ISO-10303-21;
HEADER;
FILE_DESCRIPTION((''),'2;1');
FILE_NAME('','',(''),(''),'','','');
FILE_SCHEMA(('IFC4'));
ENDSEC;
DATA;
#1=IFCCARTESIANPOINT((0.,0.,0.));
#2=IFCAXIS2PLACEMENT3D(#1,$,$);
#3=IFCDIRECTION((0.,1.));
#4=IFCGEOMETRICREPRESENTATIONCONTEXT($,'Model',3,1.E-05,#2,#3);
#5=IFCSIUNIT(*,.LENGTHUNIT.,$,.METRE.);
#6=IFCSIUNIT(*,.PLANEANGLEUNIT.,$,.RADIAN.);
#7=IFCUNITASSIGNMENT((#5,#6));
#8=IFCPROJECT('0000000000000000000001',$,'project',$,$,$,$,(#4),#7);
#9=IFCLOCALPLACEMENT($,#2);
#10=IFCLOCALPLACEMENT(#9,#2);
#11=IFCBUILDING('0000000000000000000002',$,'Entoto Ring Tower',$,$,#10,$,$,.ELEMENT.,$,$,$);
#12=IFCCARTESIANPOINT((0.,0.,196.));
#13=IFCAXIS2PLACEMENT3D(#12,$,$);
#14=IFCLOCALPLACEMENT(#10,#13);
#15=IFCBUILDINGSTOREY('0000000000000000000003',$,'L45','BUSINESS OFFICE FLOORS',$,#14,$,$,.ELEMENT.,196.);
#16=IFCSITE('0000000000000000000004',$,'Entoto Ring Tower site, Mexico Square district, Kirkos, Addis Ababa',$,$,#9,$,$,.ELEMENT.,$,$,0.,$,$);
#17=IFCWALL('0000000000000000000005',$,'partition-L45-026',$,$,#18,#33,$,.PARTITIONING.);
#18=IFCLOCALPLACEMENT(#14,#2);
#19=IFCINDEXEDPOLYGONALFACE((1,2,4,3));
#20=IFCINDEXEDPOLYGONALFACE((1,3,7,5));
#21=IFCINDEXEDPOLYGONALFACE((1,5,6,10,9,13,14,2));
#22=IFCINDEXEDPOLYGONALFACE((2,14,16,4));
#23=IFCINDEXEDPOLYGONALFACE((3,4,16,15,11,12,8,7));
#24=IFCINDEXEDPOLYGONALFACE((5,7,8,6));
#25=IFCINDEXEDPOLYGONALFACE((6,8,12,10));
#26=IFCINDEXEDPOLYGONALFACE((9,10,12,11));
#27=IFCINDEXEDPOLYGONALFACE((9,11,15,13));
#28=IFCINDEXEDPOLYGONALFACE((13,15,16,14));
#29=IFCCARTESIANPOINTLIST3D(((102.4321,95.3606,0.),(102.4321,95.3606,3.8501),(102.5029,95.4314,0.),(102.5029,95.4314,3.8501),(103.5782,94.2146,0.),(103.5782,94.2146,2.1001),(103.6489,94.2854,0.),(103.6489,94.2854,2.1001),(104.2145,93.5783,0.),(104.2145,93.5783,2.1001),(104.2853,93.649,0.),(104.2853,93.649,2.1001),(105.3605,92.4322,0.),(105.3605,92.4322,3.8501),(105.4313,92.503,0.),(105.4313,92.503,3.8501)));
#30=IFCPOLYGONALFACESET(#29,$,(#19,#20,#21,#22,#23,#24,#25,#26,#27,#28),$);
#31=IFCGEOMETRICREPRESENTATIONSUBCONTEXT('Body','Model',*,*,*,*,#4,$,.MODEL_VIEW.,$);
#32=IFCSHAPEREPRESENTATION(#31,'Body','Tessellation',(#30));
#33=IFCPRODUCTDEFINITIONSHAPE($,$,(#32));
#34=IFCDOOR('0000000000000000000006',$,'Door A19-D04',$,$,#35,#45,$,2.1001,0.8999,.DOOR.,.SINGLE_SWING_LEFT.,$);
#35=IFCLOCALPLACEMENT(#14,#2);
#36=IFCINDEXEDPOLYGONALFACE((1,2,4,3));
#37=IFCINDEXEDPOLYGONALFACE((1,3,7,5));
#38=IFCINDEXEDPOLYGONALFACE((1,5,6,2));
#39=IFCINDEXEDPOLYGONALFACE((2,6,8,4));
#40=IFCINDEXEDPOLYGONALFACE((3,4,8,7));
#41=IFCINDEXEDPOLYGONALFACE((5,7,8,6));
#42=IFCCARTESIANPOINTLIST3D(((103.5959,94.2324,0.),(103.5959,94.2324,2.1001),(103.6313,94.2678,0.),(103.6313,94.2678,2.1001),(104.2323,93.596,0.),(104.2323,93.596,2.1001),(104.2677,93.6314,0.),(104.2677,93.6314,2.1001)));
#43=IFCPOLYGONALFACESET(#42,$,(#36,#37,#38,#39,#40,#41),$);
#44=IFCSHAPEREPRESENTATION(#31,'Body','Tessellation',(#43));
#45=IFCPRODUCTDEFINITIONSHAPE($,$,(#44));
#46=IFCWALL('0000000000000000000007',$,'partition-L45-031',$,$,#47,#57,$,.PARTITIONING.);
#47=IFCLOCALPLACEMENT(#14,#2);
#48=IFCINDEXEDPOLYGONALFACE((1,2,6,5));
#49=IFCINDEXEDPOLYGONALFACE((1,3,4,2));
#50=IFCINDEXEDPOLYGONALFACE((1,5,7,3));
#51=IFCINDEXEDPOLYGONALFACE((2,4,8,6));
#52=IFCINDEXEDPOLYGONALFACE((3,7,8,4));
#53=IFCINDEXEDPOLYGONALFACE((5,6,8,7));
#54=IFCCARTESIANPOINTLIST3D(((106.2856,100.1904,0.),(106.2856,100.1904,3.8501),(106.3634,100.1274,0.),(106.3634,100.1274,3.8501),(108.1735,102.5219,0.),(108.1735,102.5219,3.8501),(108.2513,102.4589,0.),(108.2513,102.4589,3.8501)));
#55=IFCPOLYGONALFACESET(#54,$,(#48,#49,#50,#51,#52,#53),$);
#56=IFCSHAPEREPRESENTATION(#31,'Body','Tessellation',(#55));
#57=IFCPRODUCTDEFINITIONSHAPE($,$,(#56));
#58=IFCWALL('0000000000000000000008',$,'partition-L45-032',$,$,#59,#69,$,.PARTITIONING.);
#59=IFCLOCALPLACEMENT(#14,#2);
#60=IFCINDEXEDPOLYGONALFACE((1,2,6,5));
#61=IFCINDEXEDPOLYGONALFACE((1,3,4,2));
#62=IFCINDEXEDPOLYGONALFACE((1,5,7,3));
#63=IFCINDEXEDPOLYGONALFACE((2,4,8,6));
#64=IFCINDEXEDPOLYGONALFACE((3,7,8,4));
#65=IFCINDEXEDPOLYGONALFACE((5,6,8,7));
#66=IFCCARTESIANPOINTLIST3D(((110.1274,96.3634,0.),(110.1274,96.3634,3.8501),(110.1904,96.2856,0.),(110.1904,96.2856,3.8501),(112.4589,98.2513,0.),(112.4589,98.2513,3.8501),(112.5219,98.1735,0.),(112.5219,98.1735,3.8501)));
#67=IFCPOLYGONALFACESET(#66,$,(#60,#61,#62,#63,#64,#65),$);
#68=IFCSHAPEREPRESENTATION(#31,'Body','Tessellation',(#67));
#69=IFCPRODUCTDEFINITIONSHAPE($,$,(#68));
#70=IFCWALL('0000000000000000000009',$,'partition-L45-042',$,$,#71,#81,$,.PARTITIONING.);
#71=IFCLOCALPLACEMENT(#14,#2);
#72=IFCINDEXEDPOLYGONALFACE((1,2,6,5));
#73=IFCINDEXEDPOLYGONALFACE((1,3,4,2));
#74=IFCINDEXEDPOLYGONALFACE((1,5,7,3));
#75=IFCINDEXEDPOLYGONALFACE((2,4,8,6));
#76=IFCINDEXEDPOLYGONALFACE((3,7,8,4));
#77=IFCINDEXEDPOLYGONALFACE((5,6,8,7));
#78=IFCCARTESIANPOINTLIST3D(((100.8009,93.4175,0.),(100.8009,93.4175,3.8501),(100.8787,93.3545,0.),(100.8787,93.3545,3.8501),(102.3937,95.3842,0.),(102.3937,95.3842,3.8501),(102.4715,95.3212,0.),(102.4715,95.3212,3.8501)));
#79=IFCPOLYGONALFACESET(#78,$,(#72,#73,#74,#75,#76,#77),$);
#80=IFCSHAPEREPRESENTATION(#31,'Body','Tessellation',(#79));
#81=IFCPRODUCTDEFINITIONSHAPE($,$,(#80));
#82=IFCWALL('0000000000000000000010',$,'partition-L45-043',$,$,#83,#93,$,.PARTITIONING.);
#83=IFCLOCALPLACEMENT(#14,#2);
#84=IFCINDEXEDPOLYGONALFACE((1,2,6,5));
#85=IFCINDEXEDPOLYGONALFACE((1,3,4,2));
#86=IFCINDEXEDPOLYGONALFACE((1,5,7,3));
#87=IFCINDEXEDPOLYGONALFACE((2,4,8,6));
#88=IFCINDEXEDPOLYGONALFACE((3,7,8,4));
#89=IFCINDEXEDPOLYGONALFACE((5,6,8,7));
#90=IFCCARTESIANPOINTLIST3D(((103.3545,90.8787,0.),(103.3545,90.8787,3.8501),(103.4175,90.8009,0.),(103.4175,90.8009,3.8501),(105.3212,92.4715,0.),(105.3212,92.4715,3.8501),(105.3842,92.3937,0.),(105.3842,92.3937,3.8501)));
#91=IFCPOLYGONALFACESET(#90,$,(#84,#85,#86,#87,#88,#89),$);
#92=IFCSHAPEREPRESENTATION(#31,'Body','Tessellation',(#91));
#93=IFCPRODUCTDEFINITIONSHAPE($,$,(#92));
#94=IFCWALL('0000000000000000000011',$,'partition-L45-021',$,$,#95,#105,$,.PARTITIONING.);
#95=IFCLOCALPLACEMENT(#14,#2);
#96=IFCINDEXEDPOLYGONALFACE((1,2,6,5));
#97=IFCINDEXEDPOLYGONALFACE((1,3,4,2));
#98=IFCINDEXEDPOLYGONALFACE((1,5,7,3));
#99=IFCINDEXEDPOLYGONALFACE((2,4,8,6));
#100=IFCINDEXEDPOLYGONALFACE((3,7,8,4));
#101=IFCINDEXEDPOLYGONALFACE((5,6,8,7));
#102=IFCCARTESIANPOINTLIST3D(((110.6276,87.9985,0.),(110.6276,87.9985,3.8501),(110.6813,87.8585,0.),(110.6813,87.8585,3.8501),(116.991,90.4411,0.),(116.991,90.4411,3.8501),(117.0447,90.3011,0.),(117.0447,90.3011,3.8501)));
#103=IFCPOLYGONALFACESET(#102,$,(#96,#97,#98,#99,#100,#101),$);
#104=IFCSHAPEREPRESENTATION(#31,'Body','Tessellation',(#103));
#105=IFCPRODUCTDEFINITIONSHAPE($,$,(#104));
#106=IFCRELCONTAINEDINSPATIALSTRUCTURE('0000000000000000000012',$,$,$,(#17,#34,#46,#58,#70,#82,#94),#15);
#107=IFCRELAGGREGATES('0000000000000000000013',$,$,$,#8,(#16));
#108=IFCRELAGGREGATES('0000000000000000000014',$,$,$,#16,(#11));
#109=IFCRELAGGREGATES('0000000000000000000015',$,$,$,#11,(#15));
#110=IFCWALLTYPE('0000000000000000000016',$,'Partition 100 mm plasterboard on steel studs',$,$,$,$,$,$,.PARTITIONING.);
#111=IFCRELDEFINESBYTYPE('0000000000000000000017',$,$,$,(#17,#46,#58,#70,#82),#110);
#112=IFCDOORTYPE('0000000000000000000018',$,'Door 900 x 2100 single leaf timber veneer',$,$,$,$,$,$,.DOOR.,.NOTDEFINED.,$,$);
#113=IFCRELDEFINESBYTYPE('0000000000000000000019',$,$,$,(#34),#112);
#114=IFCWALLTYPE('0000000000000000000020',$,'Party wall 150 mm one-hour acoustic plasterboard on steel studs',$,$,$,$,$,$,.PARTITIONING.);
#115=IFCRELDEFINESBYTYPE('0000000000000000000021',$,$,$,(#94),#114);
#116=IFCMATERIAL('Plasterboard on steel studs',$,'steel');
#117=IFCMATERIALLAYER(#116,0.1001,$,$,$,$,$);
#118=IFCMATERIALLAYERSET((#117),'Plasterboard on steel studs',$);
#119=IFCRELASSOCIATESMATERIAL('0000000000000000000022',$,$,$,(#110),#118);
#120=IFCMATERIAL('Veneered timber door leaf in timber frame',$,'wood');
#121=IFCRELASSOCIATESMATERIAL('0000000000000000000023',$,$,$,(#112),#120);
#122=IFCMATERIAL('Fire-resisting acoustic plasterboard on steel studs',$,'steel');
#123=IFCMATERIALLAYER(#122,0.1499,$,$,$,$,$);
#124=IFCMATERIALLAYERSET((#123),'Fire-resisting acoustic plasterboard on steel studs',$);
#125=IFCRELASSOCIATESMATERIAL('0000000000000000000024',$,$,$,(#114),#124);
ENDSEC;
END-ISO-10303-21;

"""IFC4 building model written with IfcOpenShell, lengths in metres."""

from ifc_helpers import new_model, si_unit, direction, frame, frame_2d, origin, place, context, subcontext, project, spatial, rectangle, extrude, material, layer, layer_set, type_object, element, fill, save


model = new_model("IFC4")

# Units and contexts
model_context = context("Model", 3, precision=1e-05, world=origin(), true_north=direction((0.0, 1.0)))
body_context = subcontext(model_context, "Body", "Model", "MODEL_VIEW")
ifc_project = project(units=[si_unit("LENGTHUNIT", "METRE"), si_unit("PLANEANGLEUNIT", "RADIAN")], contexts=[model_context])

# Site, building, storey
site_placement = place(None, origin())
site = spatial("IfcSite", under=ifc_project, at=site_placement, Name="Entoto Ring Tower site, Mexico Square district, Kirkos, Addis Ababa", CompositionType="ELEMENT", RefElevation=0.0)
building_placement = place(site_placement, origin())
building = spatial("IfcBuilding", under=site, at=building_placement, Name="Entoto Ring Tower", CompositionType="ELEMENT")
storey_placement = place(building_placement, frame((0.0, 0.0, 196.0)))
storey = spatial("IfcBuildingStorey", under=building, at=storey_placement, Name="L45", Description="BUSINESS OFFICE FLOORS", CompositionType="ELEMENT", Elevation=196.0)

# Wall, opening, door
ifc_material_1 = material(Name="Plasterboard on steel studs", Category="steel")
ifc_layer_1 = layer(ifc_material_1, 0.1001)
ifc_layer_set_1 = layer_set([ifc_layer_1], Name="Plasterboard on steel studs")
wall_type_1 = type_object("IfcWallType", Name="Partition 100 mm plasterboard on steel studs", PredefinedType="PARTITIONING", material=ifc_layer_set_1)
ifc_material_2 = material(Name="Veneered timber door leaf in timber frame", Category="wood")
door_type_1 = type_object("IfcDoorType", Name="Door 900 x 2100 single leaf timber veneer", OperationType="NOTDEFINED", PredefinedType="DOOR", material=ifc_material_2)
wall_1_placement = place(storey_placement, frame((105.396, 92.4675, 0.0), z_axis=(0.0, 0.0, 1.0), x_axis=(-0.707107, 0.707107, 0.0)))
wall_1 = element("IfcWall", 1, at=wall_1_placement, inside=storey, type_object=wall_type_1, Name="partition-L45-026", PredefinedType="PARTITIONING", context=body_context, shape_type="SweptSolid", body=[
    extrude(rectangle(XDim=4.1414, YDim=0.1001, at=frame_2d((2.0708, 0.0))), origin(), (0.0, 0.0, 1.0), 3.8501),
])
opening_1_placement = place(wall_1_placement, frame((1.6208, 0.0, 0.0)))
opening_1 = element("IfcOpeningElement", 2, at=opening_1_placement, cuts=wall_1, PredefinedType="OPENING", context=body_context, shape_type="SweptSolid", body=[
    extrude(rectangle(XDim=0.8999, YDim=2.1001, at=frame_2d((0.45, 1.05))), frame((0.0, 0.0601, 0.0), z_axis=(0.0, -1.0, 0.0), x_axis=(1.0, 0.0, 0.0)), (0.0, 0.0, 1.0), 0.1201),
])
door_1_placement = place(opening_1_placement, origin())
door_1 = element("IfcDoor", 3, at=door_1_placement, inside=storey, type_object=door_type_1, Name="Door A19-D04", OperationType="SINGLE_SWING_LEFT", OverallHeight=2.1001, OverallWidth=0.8999, PredefinedType="DOOR", context=body_context, shape_type="SweptSolid", body=[
    extrude(rectangle(XDim=0.8999, YDim=2.1001, at=frame_2d((0.45, 1.05))), frame((0.0, 0.0249, 0.0), z_axis=(0.0, -1.0, 0.0), x_axis=(1.0, 0.0, 0.0)), (0.0, 0.0, 1.0), 0.05),
])
fill(opening_1, door_1)

# Walls
for number, where, z_axis, x_axis, name in (
    (4, (106.3245, 100.1589, 0.0), (0.0, 0.0, 1.0), (0.629299, 0.777163, 0.0), "partition-L45-031"),
    (5, (110.1589, 96.3245, 0.0), (0.0, 0.0, 1.0), (0.777163, 0.629299, 0.0), "partition-L45-032"),
):
    element("IfcWall", number, at=place(storey_placement, frame(where, z_axis=z_axis, x_axis=x_axis)), inside=storey, type_object=wall_type_1, Name=name, PredefinedType="PARTITIONING", context=body_context, shape_type="SweptSolid", body=[
        extrude(rectangle(XDim=3.0, YDim=0.1001, at=frame_2d((1.5, 0.0))), origin(), (0.0, 0.0, 1.0), 3.8501),
    ])
for number, where, z_axis, x_axis, name in (
    (6, (100.8398, 93.386, 0.0), (0.0, 0.0, 1.0), (0.629343, 0.777128, 0.0), "partition-L45-042"),
    (7, (103.386, 90.8398, 0.0), (0.0, 0.0, 1.0), (0.777128, 0.629343, 0.0), "partition-L45-043"),
):
    element("IfcWall", number, at=place(storey_placement, frame(where, z_axis=z_axis, x_axis=x_axis)), inside=storey, type_object=wall_type_1, Name=name, PredefinedType="PARTITIONING", context=body_context, shape_type="SweptSolid", body=[
        extrude(rectangle(XDim=2.5308, YDim=0.1001, at=frame_2d((1.2654, 0.0))), origin(), (0.0, 0.0, 1.0), 3.8501),
    ])
ifc_material_3 = material(Name="Fire-resisting acoustic plasterboard on steel studs", Category="steel")
ifc_layer_2 = layer(ifc_material_3, 0.1499)
ifc_layer_set_2 = layer_set([ifc_layer_2], Name="Fire-resisting acoustic plasterboard on steel studs")
wall_type_2 = type_object("IfcWallType", Name="Party wall 150 mm one-hour acoustic plasterboard on steel studs", PredefinedType="PARTITIONING", material=ifc_layer_set_2)
wall_2_placement = place(storey_placement, frame((110.6543, 87.9285, 0.0), z_axis=(0.0, 0.0, 1.0), x_axis=(0.933585, 0.358355, 0.0)))
element("IfcWall", 8, at=wall_2_placement, inside=storey, type_object=wall_type_2, Name="partition-L45-021", PredefinedType="PARTITIONING", context=body_context, shape_type="SweptSolid", body=[
    extrude(rectangle(XDim=6.8162, YDim=0.1499, at=frame_2d((3.4082, 0.0))), origin(), (0.0, 0.0, 1.0), 3.8501),
])

save(model, "model.ifc")
